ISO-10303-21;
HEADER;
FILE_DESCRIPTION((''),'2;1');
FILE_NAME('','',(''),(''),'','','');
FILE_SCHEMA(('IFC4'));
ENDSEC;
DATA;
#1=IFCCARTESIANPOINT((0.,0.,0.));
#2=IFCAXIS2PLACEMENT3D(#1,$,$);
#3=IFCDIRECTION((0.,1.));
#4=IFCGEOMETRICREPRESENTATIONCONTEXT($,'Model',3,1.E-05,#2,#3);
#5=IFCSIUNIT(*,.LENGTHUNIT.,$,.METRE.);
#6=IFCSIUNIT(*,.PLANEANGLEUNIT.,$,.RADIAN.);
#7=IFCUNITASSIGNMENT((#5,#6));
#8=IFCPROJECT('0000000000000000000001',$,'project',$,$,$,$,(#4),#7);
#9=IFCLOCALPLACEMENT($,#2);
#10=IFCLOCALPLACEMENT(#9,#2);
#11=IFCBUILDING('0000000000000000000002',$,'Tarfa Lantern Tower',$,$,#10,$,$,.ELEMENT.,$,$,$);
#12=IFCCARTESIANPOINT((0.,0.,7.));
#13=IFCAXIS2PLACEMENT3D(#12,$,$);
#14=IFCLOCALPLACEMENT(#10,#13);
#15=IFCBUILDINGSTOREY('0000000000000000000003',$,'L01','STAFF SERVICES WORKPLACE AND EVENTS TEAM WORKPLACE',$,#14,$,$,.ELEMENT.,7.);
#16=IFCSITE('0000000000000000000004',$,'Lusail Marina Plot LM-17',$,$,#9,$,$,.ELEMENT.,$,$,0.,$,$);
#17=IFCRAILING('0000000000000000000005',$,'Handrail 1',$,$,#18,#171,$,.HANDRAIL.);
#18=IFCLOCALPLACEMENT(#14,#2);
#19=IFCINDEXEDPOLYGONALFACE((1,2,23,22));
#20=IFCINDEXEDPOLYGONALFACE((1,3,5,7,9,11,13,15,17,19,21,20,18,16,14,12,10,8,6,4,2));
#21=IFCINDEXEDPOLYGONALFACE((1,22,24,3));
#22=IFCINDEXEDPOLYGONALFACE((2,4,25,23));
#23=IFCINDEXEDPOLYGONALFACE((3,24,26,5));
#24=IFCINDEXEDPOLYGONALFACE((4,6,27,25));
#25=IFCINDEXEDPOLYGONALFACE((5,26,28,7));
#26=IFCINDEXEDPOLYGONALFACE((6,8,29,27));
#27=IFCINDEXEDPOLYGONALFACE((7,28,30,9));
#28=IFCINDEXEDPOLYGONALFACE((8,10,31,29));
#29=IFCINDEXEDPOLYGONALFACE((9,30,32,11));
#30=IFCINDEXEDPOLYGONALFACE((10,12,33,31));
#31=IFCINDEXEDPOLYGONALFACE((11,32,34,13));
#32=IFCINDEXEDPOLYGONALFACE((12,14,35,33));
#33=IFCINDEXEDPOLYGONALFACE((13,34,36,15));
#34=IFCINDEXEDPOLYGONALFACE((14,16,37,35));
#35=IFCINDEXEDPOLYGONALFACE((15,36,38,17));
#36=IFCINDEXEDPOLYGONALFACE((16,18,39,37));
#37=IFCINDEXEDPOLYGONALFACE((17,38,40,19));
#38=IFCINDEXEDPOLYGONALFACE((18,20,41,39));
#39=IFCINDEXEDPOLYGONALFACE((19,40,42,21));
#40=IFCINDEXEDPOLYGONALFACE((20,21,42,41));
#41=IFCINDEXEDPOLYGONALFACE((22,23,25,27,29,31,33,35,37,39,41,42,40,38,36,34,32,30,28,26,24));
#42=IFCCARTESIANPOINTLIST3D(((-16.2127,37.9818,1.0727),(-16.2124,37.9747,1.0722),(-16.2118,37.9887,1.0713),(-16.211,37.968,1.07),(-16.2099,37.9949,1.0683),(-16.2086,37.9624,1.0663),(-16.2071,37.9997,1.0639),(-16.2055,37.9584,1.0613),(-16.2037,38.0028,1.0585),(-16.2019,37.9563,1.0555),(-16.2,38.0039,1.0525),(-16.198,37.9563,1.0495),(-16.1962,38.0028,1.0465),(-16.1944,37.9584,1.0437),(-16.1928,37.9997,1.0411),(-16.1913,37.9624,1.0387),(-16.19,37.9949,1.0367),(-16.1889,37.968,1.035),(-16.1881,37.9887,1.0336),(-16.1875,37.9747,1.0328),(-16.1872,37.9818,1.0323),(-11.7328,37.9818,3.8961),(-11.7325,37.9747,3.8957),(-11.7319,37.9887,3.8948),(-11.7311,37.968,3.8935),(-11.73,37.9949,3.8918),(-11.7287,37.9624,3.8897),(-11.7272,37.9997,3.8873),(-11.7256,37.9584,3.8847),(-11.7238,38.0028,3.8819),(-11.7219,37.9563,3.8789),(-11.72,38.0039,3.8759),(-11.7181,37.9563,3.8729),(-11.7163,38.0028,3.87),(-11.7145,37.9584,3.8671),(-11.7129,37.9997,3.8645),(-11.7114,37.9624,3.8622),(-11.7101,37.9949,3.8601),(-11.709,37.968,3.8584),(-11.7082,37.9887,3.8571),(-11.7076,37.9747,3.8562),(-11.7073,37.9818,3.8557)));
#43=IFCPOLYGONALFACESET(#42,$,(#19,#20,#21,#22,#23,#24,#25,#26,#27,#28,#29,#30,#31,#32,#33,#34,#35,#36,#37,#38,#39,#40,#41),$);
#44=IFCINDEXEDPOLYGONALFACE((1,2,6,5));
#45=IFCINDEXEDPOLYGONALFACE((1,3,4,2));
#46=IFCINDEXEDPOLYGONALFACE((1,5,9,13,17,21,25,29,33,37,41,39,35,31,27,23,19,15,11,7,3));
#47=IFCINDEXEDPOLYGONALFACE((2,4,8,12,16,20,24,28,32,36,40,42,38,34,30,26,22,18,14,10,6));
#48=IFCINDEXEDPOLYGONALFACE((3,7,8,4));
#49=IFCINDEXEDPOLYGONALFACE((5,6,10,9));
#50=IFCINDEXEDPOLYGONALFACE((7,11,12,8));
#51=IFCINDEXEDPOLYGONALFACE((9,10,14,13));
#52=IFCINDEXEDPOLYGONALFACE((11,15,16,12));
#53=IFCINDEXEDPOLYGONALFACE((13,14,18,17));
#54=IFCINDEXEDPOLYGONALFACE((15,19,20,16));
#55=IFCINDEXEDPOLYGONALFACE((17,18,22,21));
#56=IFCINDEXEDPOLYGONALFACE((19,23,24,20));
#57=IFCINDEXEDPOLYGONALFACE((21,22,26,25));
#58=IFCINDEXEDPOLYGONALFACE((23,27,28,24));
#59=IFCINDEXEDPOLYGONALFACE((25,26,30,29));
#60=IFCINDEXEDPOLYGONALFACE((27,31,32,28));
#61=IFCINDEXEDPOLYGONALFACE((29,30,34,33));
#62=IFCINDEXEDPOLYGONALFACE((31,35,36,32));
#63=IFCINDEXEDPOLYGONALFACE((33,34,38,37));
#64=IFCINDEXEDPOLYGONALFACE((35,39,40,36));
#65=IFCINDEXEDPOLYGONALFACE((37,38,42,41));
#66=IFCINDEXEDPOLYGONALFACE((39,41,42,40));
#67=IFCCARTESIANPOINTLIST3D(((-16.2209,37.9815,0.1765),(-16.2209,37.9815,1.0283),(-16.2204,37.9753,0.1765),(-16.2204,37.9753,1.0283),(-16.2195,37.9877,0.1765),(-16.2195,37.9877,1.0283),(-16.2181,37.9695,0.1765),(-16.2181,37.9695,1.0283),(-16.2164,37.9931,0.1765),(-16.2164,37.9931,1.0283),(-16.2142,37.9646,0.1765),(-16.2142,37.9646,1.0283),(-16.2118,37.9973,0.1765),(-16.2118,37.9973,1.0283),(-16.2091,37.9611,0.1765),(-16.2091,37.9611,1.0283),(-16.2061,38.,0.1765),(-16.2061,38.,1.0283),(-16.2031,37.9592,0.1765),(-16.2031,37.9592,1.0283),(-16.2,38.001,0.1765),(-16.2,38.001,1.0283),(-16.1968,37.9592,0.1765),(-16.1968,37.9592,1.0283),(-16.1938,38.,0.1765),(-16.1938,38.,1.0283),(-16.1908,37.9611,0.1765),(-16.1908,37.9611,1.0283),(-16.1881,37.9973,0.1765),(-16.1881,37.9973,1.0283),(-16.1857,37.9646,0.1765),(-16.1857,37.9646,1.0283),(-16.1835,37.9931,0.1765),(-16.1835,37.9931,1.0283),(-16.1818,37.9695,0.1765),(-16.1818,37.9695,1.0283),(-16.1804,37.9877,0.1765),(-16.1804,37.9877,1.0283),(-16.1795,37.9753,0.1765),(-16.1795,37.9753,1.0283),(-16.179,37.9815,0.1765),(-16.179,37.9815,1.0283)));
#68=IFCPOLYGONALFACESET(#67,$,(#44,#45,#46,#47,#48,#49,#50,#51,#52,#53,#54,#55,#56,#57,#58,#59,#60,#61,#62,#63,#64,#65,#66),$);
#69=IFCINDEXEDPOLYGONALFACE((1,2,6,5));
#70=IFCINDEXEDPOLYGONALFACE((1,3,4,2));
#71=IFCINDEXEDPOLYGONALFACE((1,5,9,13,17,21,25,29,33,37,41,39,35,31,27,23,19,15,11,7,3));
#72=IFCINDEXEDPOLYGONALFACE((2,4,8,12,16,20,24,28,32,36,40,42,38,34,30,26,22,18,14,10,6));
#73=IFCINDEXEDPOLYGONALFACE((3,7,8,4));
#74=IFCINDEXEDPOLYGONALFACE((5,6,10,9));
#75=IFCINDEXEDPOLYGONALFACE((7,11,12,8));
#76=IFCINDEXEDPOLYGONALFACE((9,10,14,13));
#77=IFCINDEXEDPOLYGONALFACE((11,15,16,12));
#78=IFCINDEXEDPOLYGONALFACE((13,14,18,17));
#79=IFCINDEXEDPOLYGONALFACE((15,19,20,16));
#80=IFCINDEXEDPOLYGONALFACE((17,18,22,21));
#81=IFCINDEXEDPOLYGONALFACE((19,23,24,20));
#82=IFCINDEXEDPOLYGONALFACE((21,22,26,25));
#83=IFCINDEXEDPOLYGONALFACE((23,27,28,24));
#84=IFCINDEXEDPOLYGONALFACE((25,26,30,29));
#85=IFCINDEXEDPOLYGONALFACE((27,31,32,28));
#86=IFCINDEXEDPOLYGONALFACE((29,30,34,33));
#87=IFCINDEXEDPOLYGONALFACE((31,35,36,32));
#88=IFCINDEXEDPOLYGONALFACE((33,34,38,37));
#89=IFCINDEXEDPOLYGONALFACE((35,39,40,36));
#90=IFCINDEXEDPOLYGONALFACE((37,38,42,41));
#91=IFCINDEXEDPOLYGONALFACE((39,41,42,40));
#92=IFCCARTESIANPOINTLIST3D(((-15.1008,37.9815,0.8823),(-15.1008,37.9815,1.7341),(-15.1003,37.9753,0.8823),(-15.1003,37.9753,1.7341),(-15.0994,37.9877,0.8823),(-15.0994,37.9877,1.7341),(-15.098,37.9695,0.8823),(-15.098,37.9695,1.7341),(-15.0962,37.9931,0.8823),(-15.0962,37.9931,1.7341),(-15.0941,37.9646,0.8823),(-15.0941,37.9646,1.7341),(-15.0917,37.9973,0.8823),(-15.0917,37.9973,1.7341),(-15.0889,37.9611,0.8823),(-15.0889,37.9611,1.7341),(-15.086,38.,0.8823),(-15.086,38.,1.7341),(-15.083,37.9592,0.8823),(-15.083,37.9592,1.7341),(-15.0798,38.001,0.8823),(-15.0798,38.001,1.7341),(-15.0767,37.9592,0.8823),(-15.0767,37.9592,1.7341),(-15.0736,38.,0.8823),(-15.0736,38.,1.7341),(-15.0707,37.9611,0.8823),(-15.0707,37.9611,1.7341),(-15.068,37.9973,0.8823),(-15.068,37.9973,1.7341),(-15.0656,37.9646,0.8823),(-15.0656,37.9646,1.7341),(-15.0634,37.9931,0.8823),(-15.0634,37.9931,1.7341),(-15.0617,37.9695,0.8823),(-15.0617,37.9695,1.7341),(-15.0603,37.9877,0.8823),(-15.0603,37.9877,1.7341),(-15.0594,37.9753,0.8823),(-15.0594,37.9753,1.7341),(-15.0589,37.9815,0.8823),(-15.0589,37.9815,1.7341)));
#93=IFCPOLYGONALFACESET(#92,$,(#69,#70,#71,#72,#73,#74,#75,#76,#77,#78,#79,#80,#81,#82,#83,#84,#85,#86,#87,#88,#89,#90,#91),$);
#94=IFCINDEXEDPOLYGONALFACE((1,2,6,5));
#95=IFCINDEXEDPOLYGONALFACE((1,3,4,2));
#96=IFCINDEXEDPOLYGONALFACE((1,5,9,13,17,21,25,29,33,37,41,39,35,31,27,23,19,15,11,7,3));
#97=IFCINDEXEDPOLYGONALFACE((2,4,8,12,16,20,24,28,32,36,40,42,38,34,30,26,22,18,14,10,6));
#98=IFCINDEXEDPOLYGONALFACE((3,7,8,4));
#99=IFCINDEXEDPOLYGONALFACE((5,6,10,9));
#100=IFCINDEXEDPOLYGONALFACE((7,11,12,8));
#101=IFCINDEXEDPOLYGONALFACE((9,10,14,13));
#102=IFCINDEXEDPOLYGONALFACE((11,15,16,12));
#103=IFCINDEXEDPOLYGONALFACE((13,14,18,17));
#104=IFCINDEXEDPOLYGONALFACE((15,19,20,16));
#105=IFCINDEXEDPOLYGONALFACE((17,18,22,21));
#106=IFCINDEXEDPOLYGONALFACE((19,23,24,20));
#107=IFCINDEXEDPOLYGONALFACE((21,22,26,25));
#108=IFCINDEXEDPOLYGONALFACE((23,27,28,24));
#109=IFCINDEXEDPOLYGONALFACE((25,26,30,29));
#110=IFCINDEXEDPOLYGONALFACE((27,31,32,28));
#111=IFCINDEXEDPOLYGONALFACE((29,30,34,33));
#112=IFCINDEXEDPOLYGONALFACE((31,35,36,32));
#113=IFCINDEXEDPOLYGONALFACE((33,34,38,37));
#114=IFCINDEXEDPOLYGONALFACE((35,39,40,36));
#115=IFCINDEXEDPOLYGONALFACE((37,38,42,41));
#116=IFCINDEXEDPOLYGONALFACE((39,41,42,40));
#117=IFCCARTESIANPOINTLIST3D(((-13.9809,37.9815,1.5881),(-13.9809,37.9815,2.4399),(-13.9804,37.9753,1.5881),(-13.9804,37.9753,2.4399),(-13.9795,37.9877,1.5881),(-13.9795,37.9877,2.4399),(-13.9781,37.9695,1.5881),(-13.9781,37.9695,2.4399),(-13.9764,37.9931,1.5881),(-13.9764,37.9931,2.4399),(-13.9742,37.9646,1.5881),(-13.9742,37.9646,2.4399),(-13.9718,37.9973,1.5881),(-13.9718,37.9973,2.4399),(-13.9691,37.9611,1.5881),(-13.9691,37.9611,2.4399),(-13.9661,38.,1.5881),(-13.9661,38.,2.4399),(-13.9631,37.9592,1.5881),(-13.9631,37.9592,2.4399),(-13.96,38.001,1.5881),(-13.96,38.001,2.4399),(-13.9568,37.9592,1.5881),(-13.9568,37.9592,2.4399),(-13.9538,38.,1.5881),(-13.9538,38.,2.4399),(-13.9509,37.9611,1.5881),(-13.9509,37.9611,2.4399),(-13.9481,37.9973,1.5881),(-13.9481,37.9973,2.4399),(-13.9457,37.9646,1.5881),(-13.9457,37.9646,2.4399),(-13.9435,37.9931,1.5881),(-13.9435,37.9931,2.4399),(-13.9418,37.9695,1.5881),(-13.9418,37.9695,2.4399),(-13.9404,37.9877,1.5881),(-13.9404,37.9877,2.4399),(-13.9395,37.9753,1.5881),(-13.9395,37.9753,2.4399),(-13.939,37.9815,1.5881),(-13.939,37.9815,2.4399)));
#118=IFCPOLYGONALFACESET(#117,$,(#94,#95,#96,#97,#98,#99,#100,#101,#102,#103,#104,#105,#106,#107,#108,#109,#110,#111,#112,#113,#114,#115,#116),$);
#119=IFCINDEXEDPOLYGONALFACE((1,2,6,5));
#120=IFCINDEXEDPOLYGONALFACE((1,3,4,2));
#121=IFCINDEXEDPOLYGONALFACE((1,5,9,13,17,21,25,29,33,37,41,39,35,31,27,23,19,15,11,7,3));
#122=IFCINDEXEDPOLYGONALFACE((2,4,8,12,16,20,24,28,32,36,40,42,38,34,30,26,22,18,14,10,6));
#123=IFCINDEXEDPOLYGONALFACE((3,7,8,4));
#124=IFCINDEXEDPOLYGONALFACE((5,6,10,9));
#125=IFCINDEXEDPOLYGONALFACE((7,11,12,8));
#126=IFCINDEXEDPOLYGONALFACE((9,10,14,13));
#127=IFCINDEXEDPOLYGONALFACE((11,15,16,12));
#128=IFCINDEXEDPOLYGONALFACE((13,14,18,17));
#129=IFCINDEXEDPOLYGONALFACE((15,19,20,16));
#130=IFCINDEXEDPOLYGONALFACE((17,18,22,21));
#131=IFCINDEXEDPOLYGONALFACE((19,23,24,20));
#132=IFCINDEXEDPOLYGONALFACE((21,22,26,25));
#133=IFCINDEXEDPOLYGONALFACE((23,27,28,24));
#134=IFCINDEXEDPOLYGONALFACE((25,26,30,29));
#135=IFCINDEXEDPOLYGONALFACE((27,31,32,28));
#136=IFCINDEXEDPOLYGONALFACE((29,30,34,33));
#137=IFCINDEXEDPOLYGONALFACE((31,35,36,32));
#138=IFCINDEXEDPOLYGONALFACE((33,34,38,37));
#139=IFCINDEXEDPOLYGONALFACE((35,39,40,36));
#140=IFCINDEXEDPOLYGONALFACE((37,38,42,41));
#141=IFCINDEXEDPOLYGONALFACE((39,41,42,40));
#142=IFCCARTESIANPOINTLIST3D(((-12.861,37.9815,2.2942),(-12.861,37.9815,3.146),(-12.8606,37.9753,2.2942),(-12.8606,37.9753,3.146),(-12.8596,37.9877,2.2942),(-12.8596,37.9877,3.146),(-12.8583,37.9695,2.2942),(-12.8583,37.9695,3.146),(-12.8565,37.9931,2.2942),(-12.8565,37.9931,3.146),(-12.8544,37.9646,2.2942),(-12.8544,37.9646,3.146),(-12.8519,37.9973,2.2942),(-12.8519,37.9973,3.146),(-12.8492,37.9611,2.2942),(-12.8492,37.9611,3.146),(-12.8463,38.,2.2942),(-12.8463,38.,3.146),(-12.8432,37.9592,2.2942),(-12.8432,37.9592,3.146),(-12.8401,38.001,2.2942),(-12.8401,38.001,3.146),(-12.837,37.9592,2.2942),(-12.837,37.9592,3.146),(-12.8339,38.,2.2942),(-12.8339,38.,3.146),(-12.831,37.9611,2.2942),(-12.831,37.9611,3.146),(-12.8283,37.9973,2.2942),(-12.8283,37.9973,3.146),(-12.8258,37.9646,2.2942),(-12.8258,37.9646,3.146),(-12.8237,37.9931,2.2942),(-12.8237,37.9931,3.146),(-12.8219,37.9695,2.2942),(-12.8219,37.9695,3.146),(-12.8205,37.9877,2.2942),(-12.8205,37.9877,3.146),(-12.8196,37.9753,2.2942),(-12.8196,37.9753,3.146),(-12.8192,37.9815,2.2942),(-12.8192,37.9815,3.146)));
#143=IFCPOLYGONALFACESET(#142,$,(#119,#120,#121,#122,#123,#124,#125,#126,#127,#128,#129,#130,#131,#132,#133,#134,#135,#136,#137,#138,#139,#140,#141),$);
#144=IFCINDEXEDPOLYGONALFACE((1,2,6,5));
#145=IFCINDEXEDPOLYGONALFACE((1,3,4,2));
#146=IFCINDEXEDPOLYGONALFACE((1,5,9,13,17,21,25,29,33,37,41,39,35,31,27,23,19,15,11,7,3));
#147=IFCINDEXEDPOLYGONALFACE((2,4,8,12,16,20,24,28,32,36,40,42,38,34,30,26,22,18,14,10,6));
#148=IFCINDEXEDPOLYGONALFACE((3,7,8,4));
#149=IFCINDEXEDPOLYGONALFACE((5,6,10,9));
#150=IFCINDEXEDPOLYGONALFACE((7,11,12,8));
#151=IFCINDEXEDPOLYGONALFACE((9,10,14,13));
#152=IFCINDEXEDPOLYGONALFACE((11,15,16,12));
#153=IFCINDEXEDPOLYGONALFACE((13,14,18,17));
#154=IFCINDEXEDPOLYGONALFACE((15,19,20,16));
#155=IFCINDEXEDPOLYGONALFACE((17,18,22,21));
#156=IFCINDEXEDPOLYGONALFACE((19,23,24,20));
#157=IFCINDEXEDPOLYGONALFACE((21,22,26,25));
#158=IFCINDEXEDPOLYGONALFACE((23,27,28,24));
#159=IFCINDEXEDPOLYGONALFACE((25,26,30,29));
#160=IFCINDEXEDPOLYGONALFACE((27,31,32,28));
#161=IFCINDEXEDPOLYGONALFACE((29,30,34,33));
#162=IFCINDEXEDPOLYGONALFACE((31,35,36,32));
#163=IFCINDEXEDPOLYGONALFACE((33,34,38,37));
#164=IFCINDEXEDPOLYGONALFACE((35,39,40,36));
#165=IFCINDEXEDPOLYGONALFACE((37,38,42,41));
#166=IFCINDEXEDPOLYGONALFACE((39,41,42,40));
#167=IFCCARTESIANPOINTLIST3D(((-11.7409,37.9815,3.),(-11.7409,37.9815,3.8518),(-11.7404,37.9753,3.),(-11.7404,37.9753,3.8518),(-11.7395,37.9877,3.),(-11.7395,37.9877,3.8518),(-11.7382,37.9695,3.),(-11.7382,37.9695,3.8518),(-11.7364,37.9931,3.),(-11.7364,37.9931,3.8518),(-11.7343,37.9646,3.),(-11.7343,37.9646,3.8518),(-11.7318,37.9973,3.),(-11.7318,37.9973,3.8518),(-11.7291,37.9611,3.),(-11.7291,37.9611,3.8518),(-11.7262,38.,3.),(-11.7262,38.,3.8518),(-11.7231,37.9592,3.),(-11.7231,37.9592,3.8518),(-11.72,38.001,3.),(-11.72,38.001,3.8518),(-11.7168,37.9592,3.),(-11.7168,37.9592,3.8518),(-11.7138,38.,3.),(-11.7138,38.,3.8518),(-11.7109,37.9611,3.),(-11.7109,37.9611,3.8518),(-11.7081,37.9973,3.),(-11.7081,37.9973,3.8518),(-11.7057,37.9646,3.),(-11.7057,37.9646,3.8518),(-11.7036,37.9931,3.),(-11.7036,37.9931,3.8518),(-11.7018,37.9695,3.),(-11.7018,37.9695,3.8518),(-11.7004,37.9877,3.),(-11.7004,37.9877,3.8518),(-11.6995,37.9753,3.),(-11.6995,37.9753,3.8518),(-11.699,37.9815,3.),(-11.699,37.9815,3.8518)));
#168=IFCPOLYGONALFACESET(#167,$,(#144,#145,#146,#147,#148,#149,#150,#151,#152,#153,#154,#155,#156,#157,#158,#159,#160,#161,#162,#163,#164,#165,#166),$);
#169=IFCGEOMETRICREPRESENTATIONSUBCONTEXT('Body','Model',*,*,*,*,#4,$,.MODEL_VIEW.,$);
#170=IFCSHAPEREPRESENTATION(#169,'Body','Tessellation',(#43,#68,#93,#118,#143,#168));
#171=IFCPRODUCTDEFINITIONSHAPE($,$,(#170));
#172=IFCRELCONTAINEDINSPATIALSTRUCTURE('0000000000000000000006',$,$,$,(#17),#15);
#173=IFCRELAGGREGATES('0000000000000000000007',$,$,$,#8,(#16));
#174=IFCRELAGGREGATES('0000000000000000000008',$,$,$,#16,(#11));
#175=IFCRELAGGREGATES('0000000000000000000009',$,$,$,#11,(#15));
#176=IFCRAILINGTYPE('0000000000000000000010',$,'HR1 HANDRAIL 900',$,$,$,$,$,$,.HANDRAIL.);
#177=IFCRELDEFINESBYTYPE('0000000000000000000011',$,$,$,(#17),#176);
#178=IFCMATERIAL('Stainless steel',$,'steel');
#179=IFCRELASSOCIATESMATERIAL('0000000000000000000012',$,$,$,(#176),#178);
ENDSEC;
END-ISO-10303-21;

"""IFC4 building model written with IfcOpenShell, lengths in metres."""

from ifc_helpers import new_model, si_unit, direction, frame, origin, origin_2d, place, context, subcontext, project, spatial, circle, extrude, material, type_object, element, save


model = new_model("IFC4")

# Units and contexts
model_context = context("Model", 3, precision=1e-05, world=origin(), true_north=direction((0.0, 1.0)))
body_context = subcontext(model_context, "Body", "Model", "MODEL_VIEW")
ifc_project = project(units=[si_unit("LENGTHUNIT", "METRE"), si_unit("PLANEANGLEUNIT", "RADIAN")], contexts=[model_context])

# Site, building, storey
site_placement = place(None, origin())
site = spatial("IfcSite", under=ifc_project, at=site_placement, Name="Lusail Marina Plot LM-17", CompositionType="ELEMENT", RefElevation=0.0)
building_placement = place(site_placement, origin())
building = spatial("IfcBuilding", under=site, at=building_placement, Name="Tarfa Lantern Tower", CompositionType="ELEMENT")
storey_placement = place(building_placement, frame((0.0, 0.0, 7.0)))
storey = spatial("IfcBuildingStorey", under=building, at=storey_placement, Name="L01", Description="STAFF SERVICES WORKPLACE AND EVENTS TEAM WORKPLACE", CompositionType="ELEMENT", Elevation=7.0)

# Railing
ifc_material_1 = material(Name="Stainless steel", Category="steel")
railing_type = type_object("IfcRailingType", Name="HR1 HANDRAIL 900", PredefinedType="HANDRAIL", material=ifc_material_1)
railing_1_placement = place(storey_placement, frame((-16.2, 37.98, 0.1765)))
element("IfcRailing", 1, at=railing_1_placement, inside=storey, type_object=railing_type, Name="Handrail 1", PredefinedType="HANDRAIL", context=body_context, shape_type="SweptSolid", body=[
    extrude(circle(Radius=0.0239, at=origin_2d()), frame((0.0, 0.0, 0.876), z_axis=(0.845998, 0.0, 0.533186), x_axis=(0.0, 1.0, 0.0)), (0.0, 0.0, 1.0), 5.2954),
    extrude(circle(Radius=0.021, at=origin_2d()), frame((0.0, 0.0, 0.0), z_axis=(0.0, 0.0, 1.0), x_axis=(0.0, 1.0, 0.0)), (0.0, 0.0, 1.0), 0.8518),
    extrude(circle(Radius=0.021, at=origin_2d()), frame((1.1201, 0.0, 0.7058), z_axis=(0.0, 0.0, 1.0), x_axis=(0.0, 1.0, 0.0)), (0.0, 0.0, 1.0), 0.8518),
    extrude(circle(Radius=0.021, at=origin_2d()), frame((2.24, 0.0, 1.4116), z_axis=(0.0, 0.0, 1.0), x_axis=(0.0, 1.0, 0.0)), (0.0, 0.0, 1.0), 0.8518),
    extrude(circle(Radius=0.021, at=origin_2d()), frame((3.3599, 0.0, 2.1177), z_axis=(0.0, 0.0, 1.0), x_axis=(0.0, 1.0, 0.0)), (0.0, 0.0, 1.0), 0.8518),
    extrude(circle(Radius=0.021, at=origin_2d()), frame((4.48, 0.0, 2.8235), z_axis=(0.0, 0.0, 1.0), x_axis=(0.0, 1.0, 0.0)), (0.0, 0.0, 1.0), 0.8518),
])

save(model, "model.ifc")
